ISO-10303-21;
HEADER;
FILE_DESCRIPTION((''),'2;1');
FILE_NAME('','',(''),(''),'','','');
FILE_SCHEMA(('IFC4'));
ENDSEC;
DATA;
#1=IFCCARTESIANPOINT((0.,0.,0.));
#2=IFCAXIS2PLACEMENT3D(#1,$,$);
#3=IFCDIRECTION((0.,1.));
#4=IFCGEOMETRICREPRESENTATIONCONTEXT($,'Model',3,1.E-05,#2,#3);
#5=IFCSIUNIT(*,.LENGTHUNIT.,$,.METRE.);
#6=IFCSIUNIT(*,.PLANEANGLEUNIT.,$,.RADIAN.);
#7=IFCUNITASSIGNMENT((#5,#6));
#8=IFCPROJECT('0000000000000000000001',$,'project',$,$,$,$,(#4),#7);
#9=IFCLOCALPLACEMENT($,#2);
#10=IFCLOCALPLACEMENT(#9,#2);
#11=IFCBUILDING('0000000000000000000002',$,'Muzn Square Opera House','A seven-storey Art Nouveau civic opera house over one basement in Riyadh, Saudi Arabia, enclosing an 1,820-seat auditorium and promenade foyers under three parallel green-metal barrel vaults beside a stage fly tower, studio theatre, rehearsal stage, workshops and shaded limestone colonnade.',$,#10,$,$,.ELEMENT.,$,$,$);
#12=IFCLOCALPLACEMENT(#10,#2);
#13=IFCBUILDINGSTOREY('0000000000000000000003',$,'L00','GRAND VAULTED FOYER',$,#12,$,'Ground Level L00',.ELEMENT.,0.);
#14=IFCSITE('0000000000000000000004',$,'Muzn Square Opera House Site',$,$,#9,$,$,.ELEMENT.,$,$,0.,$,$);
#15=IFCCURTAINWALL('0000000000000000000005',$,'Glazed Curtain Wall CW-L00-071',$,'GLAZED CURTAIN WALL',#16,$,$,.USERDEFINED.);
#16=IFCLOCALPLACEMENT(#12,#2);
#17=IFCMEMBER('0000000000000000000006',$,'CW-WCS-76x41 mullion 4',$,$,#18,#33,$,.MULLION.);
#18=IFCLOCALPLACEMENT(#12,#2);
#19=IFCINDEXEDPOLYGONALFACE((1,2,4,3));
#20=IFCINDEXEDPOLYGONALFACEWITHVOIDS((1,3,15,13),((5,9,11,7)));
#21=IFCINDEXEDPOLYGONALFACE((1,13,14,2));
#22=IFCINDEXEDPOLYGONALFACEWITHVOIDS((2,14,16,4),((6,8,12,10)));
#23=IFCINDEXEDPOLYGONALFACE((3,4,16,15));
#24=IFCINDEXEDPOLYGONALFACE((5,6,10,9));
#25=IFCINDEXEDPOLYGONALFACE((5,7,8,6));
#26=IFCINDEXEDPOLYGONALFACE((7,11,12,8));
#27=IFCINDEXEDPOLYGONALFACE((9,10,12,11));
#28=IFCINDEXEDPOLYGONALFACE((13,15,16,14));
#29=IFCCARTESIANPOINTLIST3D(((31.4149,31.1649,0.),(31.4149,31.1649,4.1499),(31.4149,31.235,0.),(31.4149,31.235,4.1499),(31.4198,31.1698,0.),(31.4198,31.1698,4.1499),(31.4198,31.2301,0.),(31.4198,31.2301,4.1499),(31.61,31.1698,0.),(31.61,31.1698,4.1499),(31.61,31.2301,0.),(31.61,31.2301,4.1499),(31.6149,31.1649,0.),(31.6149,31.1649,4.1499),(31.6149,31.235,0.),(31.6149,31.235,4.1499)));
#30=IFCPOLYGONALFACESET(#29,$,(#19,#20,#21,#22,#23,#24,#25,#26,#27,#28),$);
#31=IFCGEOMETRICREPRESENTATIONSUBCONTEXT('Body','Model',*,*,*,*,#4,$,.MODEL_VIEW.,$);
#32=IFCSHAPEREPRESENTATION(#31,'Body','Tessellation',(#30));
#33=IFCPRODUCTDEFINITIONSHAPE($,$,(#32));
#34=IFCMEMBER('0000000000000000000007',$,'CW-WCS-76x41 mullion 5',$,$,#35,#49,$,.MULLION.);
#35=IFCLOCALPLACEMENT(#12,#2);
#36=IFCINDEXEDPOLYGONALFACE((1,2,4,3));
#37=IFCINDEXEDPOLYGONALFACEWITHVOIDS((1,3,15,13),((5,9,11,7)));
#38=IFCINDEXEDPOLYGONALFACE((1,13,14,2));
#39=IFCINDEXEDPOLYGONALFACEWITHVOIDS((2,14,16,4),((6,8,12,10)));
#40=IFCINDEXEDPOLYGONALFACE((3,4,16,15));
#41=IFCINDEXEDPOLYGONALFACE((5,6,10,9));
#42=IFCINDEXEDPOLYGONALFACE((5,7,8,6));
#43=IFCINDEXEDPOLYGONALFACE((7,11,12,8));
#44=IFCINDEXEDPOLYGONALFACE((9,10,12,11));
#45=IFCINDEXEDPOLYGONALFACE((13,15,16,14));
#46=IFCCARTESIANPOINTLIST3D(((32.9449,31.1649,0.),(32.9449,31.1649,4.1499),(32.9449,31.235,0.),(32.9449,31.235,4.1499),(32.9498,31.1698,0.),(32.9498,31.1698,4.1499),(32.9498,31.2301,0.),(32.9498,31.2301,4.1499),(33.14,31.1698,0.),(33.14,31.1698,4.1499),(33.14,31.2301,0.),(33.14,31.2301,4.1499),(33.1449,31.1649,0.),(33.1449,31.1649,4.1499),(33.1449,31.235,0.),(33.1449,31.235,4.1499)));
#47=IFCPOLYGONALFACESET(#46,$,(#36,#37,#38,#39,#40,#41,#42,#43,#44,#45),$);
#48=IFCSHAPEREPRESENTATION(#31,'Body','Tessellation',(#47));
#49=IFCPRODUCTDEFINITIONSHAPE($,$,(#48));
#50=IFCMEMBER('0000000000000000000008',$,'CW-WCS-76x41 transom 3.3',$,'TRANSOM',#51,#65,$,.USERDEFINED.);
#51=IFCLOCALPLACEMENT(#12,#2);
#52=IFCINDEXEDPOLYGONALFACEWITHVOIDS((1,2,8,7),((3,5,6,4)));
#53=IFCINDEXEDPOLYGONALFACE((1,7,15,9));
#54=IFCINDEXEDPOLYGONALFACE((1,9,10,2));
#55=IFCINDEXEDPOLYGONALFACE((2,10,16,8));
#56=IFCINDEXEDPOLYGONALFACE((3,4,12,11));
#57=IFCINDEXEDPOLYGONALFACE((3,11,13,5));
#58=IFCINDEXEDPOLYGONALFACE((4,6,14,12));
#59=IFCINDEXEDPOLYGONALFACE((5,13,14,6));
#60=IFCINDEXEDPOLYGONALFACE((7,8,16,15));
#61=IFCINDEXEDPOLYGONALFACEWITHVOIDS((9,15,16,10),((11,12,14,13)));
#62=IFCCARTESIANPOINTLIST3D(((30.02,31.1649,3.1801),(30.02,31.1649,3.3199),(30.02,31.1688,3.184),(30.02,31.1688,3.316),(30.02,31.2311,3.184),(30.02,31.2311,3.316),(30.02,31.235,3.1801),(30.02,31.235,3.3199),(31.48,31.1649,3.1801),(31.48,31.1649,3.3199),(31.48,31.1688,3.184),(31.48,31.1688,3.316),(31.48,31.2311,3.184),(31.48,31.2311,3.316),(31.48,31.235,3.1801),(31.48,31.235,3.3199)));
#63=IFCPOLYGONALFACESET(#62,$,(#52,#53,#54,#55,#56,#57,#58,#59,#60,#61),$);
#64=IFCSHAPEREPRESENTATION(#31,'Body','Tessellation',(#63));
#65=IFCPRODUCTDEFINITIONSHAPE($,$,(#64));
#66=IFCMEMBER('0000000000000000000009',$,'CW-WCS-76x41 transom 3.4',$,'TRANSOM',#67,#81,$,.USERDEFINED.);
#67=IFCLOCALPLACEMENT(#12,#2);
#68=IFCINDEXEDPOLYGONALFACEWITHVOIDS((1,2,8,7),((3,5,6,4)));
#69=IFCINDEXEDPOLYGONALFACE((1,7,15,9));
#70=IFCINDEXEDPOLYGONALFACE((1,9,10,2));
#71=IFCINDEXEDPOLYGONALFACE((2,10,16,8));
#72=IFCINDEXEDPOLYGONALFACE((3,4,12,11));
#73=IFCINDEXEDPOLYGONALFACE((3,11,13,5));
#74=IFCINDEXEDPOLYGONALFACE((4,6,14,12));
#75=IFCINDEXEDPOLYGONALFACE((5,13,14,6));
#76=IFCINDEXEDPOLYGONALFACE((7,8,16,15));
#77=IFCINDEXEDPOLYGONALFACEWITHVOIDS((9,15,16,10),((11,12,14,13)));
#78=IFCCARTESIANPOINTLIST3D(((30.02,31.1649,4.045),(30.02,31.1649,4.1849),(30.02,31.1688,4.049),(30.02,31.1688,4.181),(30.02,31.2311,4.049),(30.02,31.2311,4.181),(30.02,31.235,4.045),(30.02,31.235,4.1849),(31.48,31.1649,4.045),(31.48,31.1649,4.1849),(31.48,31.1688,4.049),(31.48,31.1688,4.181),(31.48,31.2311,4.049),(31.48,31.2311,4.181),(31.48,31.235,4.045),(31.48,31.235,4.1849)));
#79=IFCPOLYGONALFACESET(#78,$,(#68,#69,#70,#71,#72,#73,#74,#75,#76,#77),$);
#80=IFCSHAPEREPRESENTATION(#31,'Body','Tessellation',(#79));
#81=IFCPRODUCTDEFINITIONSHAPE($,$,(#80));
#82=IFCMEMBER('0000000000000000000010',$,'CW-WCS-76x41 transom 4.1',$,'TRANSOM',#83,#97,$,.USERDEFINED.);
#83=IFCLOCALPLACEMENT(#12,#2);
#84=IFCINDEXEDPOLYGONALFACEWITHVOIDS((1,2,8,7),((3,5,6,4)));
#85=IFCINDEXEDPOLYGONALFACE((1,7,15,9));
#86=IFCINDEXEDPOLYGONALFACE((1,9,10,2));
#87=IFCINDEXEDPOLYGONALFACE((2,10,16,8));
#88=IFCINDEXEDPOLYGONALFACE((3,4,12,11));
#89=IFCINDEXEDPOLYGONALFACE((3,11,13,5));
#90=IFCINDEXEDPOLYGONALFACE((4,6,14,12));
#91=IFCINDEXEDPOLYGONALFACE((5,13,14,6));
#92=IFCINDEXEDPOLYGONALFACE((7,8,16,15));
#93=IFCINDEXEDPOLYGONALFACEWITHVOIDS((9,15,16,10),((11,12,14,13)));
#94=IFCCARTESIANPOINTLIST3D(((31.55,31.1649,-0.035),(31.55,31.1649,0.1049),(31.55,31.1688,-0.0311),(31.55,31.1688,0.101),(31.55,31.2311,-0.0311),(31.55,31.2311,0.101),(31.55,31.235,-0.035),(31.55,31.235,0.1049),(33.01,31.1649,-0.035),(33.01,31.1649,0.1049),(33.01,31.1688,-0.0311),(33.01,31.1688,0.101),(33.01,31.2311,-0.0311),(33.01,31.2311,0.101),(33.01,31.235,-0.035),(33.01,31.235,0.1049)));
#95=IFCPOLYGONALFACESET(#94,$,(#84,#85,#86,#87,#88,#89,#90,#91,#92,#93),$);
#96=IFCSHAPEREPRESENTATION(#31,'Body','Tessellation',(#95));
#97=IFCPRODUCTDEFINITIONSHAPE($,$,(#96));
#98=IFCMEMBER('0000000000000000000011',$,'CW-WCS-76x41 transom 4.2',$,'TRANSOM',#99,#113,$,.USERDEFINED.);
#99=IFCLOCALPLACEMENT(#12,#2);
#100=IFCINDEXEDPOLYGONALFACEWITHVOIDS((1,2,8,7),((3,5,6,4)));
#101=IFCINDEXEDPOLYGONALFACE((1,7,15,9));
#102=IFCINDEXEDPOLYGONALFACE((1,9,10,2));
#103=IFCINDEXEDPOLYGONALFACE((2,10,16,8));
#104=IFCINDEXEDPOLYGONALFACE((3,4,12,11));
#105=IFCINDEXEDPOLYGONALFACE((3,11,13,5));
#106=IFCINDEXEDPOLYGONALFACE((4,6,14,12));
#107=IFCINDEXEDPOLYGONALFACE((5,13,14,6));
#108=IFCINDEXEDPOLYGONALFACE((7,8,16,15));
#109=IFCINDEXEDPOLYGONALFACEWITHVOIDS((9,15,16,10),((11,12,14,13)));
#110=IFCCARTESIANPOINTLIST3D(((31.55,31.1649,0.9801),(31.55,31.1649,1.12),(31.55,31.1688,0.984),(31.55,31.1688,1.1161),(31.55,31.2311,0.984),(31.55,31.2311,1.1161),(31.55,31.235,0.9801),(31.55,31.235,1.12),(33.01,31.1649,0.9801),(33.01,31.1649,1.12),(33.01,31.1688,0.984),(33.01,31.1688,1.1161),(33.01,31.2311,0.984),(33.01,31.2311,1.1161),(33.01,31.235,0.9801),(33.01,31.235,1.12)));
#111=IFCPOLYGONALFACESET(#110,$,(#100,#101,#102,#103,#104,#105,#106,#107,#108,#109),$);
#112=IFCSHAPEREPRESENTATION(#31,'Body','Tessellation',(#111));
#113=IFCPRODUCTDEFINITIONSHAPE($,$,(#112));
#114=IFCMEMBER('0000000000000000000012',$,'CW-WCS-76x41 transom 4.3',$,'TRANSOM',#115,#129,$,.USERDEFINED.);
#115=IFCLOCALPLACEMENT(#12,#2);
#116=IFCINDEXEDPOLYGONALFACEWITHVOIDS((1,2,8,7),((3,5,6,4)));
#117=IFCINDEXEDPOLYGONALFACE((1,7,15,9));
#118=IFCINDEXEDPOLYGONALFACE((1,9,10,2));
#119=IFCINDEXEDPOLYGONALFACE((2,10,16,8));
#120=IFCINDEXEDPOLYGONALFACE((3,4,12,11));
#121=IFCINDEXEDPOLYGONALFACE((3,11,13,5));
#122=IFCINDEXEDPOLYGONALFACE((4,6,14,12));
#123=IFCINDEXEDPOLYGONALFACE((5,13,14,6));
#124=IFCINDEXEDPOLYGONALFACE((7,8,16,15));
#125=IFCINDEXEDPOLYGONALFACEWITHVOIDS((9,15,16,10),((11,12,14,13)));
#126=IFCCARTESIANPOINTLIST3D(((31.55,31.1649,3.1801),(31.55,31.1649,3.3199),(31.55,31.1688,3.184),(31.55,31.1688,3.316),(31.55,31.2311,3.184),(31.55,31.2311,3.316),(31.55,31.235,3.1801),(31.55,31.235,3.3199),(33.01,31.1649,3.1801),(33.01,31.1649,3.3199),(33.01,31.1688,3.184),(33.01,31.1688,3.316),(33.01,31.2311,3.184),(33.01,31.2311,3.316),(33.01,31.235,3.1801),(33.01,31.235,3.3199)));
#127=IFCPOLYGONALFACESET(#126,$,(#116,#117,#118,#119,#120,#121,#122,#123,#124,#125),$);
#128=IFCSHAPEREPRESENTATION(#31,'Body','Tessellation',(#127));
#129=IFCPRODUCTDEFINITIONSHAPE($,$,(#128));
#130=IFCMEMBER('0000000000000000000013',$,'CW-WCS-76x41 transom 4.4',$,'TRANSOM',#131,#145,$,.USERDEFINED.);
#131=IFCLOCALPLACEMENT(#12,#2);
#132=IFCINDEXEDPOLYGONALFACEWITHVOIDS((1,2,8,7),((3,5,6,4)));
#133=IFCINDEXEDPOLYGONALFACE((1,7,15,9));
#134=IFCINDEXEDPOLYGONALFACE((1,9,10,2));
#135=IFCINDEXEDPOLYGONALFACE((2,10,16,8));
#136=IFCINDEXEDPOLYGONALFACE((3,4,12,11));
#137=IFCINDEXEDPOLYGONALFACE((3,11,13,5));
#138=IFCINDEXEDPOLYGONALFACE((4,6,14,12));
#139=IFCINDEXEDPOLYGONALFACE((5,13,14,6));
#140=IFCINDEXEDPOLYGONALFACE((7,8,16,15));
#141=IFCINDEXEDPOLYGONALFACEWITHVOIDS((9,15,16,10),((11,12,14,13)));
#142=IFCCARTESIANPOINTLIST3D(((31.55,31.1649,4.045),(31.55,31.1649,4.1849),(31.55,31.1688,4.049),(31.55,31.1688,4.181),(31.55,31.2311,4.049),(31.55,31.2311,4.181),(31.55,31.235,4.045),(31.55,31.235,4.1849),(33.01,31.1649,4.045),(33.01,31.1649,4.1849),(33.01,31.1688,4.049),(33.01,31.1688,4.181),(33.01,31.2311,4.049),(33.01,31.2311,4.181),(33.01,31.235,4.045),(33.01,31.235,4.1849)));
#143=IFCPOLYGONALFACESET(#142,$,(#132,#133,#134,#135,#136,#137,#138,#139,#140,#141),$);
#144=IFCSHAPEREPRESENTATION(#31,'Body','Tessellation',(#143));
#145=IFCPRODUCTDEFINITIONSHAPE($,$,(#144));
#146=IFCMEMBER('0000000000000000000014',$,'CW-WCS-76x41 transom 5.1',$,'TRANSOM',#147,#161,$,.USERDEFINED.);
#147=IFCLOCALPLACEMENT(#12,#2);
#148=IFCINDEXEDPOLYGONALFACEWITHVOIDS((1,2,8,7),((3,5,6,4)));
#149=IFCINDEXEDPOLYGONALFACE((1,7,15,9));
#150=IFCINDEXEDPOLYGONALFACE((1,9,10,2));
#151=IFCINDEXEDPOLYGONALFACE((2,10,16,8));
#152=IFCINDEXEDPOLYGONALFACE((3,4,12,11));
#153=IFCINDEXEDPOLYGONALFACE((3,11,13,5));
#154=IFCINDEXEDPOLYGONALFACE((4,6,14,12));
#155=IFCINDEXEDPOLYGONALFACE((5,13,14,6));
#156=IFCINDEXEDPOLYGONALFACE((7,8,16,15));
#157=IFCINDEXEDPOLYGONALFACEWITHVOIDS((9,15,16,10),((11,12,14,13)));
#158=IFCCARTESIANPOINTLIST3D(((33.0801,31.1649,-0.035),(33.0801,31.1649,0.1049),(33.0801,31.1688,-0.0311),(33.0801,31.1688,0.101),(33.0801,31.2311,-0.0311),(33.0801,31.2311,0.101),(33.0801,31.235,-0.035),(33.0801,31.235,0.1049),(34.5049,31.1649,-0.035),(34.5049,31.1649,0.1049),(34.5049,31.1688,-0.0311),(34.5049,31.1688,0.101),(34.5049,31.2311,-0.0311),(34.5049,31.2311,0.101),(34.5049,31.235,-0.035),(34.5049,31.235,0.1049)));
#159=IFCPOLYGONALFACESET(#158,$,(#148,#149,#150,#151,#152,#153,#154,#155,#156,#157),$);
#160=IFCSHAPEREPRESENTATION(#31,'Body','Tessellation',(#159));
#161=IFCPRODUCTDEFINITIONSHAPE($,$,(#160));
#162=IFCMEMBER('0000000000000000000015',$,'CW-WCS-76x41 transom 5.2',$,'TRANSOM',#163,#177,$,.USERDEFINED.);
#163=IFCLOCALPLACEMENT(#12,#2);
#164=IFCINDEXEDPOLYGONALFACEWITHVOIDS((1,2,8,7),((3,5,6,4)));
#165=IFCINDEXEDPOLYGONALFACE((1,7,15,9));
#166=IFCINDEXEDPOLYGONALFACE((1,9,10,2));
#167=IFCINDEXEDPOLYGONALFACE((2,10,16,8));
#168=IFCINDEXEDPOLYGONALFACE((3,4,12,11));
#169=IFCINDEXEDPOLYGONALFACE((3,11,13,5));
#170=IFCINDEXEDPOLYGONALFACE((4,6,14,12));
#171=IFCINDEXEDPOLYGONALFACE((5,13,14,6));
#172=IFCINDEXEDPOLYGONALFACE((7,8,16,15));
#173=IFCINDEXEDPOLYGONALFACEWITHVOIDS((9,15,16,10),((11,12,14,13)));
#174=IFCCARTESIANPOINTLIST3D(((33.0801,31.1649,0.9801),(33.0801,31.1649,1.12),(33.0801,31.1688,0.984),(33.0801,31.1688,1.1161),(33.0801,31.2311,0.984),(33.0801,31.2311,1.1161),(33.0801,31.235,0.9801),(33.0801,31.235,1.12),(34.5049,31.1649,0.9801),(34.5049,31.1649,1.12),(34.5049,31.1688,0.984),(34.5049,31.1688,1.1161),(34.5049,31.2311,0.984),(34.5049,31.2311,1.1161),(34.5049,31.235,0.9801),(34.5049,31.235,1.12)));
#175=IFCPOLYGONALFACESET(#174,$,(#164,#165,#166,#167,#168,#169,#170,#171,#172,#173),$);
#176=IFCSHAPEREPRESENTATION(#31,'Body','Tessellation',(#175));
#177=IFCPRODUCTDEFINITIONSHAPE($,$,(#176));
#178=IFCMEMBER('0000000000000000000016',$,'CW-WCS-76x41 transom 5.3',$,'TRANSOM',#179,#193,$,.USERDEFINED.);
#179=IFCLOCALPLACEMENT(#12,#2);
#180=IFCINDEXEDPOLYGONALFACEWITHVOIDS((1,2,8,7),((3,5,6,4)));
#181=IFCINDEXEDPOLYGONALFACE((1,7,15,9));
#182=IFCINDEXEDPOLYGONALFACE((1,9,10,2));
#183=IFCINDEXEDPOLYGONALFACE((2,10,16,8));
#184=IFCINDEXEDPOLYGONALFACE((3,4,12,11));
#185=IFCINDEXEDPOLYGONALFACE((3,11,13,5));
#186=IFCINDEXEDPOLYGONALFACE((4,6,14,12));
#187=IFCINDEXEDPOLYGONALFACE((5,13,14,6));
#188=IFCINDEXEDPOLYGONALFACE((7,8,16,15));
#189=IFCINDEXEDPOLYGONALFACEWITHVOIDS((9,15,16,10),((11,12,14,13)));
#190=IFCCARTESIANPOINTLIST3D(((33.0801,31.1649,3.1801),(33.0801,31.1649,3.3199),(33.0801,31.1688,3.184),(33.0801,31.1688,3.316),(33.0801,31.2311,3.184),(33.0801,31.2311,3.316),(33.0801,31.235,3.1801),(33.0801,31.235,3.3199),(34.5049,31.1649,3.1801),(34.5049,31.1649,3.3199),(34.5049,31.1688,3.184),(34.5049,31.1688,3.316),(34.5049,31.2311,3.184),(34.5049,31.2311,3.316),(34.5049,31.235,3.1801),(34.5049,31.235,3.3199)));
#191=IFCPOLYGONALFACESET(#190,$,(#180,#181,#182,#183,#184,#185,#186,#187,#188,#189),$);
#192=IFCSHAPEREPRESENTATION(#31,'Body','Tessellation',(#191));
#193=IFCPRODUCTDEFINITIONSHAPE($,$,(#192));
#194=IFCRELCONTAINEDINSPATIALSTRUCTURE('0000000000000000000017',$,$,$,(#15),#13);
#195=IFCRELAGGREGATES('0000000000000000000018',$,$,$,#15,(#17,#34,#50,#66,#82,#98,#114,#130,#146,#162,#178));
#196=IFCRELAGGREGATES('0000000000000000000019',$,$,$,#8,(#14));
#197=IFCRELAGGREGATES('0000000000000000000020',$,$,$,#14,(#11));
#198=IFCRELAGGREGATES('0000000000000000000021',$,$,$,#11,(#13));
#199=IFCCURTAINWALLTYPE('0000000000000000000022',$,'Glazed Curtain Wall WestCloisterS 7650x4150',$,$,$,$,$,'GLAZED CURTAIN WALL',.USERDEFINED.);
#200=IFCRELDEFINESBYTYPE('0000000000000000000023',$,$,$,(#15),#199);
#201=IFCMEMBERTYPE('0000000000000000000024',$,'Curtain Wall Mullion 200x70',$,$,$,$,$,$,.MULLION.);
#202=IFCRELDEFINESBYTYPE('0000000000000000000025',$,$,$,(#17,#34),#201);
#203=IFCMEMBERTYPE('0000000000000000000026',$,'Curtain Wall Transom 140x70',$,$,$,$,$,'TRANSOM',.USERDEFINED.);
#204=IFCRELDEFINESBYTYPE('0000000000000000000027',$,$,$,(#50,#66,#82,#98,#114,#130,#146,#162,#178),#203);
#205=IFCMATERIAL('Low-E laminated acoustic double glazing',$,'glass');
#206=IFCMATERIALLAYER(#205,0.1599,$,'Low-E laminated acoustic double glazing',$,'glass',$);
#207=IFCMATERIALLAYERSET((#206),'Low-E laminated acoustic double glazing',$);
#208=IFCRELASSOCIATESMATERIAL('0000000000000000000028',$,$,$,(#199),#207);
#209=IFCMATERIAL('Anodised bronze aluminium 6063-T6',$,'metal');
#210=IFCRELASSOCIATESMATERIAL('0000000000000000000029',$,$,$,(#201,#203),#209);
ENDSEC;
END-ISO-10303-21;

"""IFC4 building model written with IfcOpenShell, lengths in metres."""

from ifc_helpers import new_model, si_unit, direction, frame, origin, origin_2d, place, context, subcontext, project, spatial, hollow_rectangle, extrude, material, layer, layer_set, material_profile, profile_set, type_object, element, aggregate, save


model = new_model("IFC4")

# Units and contexts
model_context = context("Model", 3, precision=1e-05, world=origin(), true_north=direction((0.0, 1.0)))
body_context = subcontext(model_context, "Body", "Model", "MODEL_VIEW")
ifc_project = project(units=[si_unit("LENGTHUNIT", "METRE"), si_unit("PLANEANGLEUNIT", "RADIAN")], contexts=[model_context])

# Site, building, storey
site_placement = place(None, origin())
site = spatial("IfcSite", under=ifc_project, at=site_placement, Name="Muzn Square Opera House Site", CompositionType="ELEMENT", RefElevation=0.0)
building_placement = place(site_placement, origin())
building = spatial("IfcBuilding", under=site, at=building_placement, Name="Muzn Square Opera House", Description="A seven-storey Art Nouveau civic opera house over one basement in Riyadh, Saudi Arabia, enclosing an 1,820-seat auditorium and promenade foyers under three parallel green-metal barrel vaults beside a stage fly tower, studio theatre, rehearsal stage, workshops and shaded limestone colonnade.", CompositionType="ELEMENT")
storey_placement = place(building_placement, origin())
storey = spatial("IfcBuildingStorey", under=building, at=storey_placement, Name="L00", Description="GRAND VAULTED FOYER", LongName="Ground Level L00", CompositionType="ELEMENT", Elevation=0.0)

# Curtain wall, members
ifc_material_1 = material(Name="Low-E laminated acoustic double glazing", Category="glass")
ifc_layer_1 = layer(ifc_material_1, 0.1599, Name="Low-E laminated acoustic double glazing", Category="glass")
ifc_layer_set_1 = layer_set([ifc_layer_1], Name="Low-E laminated acoustic double glazing")
curtain_wall_type = type_object("IfcCurtainWallType", Name="Glazed Curtain Wall WestCloisterS 7650x4150", ElementType="GLAZED CURTAIN WALL", PredefinedType="USERDEFINED", material=ifc_layer_set_1)
curtain_wall_placement = place(storey_placement, origin())
curtain_wall = element("IfcCurtainWall", 1, at=curtain_wall_placement, inside=storey, type_object=curtain_wall_type, Name="Glazed Curtain Wall CW-L00-071", ObjectType="GLAZED CURTAIN WALL", PredefinedType="USERDEFINED")
ifc_material_2 = material(Name="Anodised bronze aluminium 6063-T6", Category="metal")
ifc_material_profile_1 = material_profile(ifc_material_2, hollow_rectangle(XDim=0.0701, YDim=0.2, WallThickness=0.0049, at=origin_2d()), Name="ALU 200x70x5", Category="metal")
ifc_profile_set_1 = profile_set([ifc_material_profile_1], Name="Anodised bronze aluminium 6063-T6")
member_type_1 = type_object("IfcMemberType", Name="Curtain Wall Mullion 200x70", PredefinedType="MULLION", material=ifc_profile_set_1)
member_1_placement = place(storey_placement, frame((31.5149, 31.2, 0.0), z_axis=(0.0, 0.0, 1.0), x_axis=(0.0, 1.0, 0.0)))
member_1 = element("IfcMember", 2, at=member_1_placement, type_object=member_type_1, Name="CW-WCS-76x41 mullion 4", PredefinedType="MULLION", context=body_context, shape_type="SweptSolid", body=[
    extrude(hollow_rectangle(XDim=0.0701, YDim=0.2, WallThickness=0.0049, at=origin_2d()), origin(), (0.0, 0.0, 1.0), 4.1499),
])
member_2_placement = place(storey_placement, frame((33.0449, 31.2, 0.0), z_axis=(0.0, 0.0, 1.0), x_axis=(0.0, 1.0, 0.0)))
member_2 = element("IfcMember", 3, at=member_2_placement, type_object=member_type_1, Name="CW-WCS-76x41 mullion 5", PredefinedType="MULLION", context=body_context, shape_type="SweptSolid", body=[
    extrude(hollow_rectangle(XDim=0.0701, YDim=0.2, WallThickness=0.0049, at=origin_2d()), origin(), (0.0, 0.0, 1.0), 4.1499),
])
ifc_material_profile_2 = material_profile(ifc_material_2, hollow_rectangle(XDim=0.0701, YDim=0.1399, WallThickness=0.0039, at=origin_2d()), Name="ALU 140x70x4", Category="metal")
ifc_profile_set_2 = profile_set([ifc_material_profile_2], Name="Anodised bronze aluminium 6063-T6")
member_type_2 = type_object("IfcMemberType", Name="Curtain Wall Transom 140x70", ElementType="TRANSOM", PredefinedType="USERDEFINED", material=ifc_profile_set_2)
member_3_placement = place(storey_placement, frame((30.02, 31.2, 3.25), z_axis=(1.0, 0.0, 0.0), x_axis=(0.0, 1.0, 0.0)))
member_3 = element("IfcMember", 4, at=member_3_placement, type_object=member_type_2, Name="CW-WCS-76x41 transom 3.3", ObjectType="TRANSOM", PredefinedType="USERDEFINED", context=body_context, shape_type="SweptSolid", body=[
    extrude(hollow_rectangle(XDim=0.0701, YDim=0.1399, WallThickness=0.0039, at=origin_2d()), origin(), (0.0, 0.0, 1.0), 1.46),
])
member_4_placement = place(storey_placement, frame((30.02, 31.2, 4.115), z_axis=(1.0, 0.0, 0.0), x_axis=(0.0, 1.0, 0.0)))
member_4 = element("IfcMember", 5, at=member_4_placement, type_object=member_type_2, Name="CW-WCS-76x41 transom 3.4", ObjectType="TRANSOM", PredefinedType="USERDEFINED", context=body_context, shape_type="SweptSolid", body=[
    extrude(hollow_rectangle(XDim=0.0701, YDim=0.1399, WallThickness=0.0039, at=origin_2d()), origin(), (0.0, 0.0, 1.0), 1.46),
])
member_5_placement = place(storey_placement, frame((31.55, 31.2, 0.0349), z_axis=(1.0, 0.0, 0.0), x_axis=(0.0, 1.0, 0.0)))
member_5 = element("IfcMember", 6, at=member_5_placement, type_object=member_type_2, Name="CW-WCS-76x41 transom 4.1", ObjectType="TRANSOM", PredefinedType="USERDEFINED", context=body_context, shape_type="SweptSolid", body=[
    extrude(hollow_rectangle(XDim=0.0701, YDim=0.1399, WallThickness=0.0039, at=origin_2d()), origin(), (0.0, 0.0, 1.0), 1.46),
])
member_6_placement = place(storey_placement, frame((31.55, 31.2, 1.05), z_axis=(1.0, 0.0, 0.0), x_axis=(0.0, 1.0, 0.0)))
member_6 = element("IfcMember", 7, at=member_6_placement, type_object=member_type_2, Name="CW-WCS-76x41 transom 4.2", ObjectType="TRANSOM", PredefinedType="USERDEFINED", context=body_context, shape_type="SweptSolid", body=[
    extrude(hollow_rectangle(XDim=0.0701, YDim=0.1399, WallThickness=0.0039, at=origin_2d()), origin(), (0.0, 0.0, 1.0), 1.46),
])
member_7_placement = place(storey_placement, frame((31.55, 31.2, 3.25), z_axis=(1.0, 0.0, 0.0), x_axis=(0.0, 1.0, 0.0)))
member_7 = element("IfcMember", 8, at=member_7_placement, type_object=member_type_2, Name="CW-WCS-76x41 transom 4.3", ObjectType="TRANSOM", PredefinedType="USERDEFINED", context=body_context, shape_type="SweptSolid", body=[
    extrude(hollow_rectangle(XDim=0.0701, YDim=0.1399, WallThickness=0.0039, at=origin_2d()), origin(), (0.0, 0.0, 1.0), 1.46),
])
member_8_placement = place(storey_placement, frame((31.55, 31.2, 4.115), z_axis=(1.0, 0.0, 0.0), x_axis=(0.0, 1.0, 0.0)))
member_8 = element("IfcMember", 9, at=member_8_placement, type_object=member_type_2, Name="CW-WCS-76x41 transom 4.4", ObjectType="TRANSOM", PredefinedType="USERDEFINED", context=body_context, shape_type="SweptSolid", body=[
    extrude(hollow_rectangle(XDim=0.0701, YDim=0.1399, WallThickness=0.0039, at=origin_2d()), origin(), (0.0, 0.0, 1.0), 1.46),
])
member_9_placement = place(storey_placement, frame((33.0801, 31.2, 0.0349), z_axis=(1.0, 0.0, 0.0), x_axis=(0.0, 1.0, 0.0)))
member_9 = element("IfcMember", 10, at=member_9_placement, type_object=member_type_2, Name="CW-WCS-76x41 transom 5.1", ObjectType="TRANSOM", PredefinedType="USERDEFINED", context=body_context, shape_type="SweptSolid", body=[
    extrude(hollow_rectangle(XDim=0.0701, YDim=0.1399, WallThickness=0.0039, at=origin_2d()), origin(), (0.0, 0.0, 1.0), 1.4248),
])
member_10_placement = place(storey_placement, frame((33.0801, 31.2, 1.05), z_axis=(1.0, 0.0, 0.0), x_axis=(0.0, 1.0, 0.0)))
member_10 = element("IfcMember", 11, at=member_10_placement, type_object=member_type_2, Name="CW-WCS-76x41 transom 5.2", ObjectType="TRANSOM", PredefinedType="USERDEFINED", context=body_context, shape_type="SweptSolid", body=[
    extrude(hollow_rectangle(XDim=0.0701, YDim=0.1399, WallThickness=0.0039, at=origin_2d()), origin(), (0.0, 0.0, 1.0), 1.4248),
])
member_11_placement = place(storey_placement, frame((33.0801, 31.2, 3.25), z_axis=(1.0, 0.0, 0.0), x_axis=(0.0, 1.0, 0.0)))
member_11 = element("IfcMember", 12, at=member_11_placement, type_object=member_type_2, Name="CW-WCS-76x41 transom 5.3", ObjectType="TRANSOM", PredefinedType="USERDEFINED", context=body_context, shape_type="SweptSolid", body=[
    extrude(hollow_rectangle(XDim=0.0701, YDim=0.1399, WallThickness=0.0039, at=origin_2d()), origin(), (0.0, 0.0, 1.0), 1.4248),
])
aggregate(curtain_wall, [member_1, member_2, member_3, member_4, member_5, member_6, member_7, member_8, member_9, member_10, member_11])

save(model, "model.ifc")
